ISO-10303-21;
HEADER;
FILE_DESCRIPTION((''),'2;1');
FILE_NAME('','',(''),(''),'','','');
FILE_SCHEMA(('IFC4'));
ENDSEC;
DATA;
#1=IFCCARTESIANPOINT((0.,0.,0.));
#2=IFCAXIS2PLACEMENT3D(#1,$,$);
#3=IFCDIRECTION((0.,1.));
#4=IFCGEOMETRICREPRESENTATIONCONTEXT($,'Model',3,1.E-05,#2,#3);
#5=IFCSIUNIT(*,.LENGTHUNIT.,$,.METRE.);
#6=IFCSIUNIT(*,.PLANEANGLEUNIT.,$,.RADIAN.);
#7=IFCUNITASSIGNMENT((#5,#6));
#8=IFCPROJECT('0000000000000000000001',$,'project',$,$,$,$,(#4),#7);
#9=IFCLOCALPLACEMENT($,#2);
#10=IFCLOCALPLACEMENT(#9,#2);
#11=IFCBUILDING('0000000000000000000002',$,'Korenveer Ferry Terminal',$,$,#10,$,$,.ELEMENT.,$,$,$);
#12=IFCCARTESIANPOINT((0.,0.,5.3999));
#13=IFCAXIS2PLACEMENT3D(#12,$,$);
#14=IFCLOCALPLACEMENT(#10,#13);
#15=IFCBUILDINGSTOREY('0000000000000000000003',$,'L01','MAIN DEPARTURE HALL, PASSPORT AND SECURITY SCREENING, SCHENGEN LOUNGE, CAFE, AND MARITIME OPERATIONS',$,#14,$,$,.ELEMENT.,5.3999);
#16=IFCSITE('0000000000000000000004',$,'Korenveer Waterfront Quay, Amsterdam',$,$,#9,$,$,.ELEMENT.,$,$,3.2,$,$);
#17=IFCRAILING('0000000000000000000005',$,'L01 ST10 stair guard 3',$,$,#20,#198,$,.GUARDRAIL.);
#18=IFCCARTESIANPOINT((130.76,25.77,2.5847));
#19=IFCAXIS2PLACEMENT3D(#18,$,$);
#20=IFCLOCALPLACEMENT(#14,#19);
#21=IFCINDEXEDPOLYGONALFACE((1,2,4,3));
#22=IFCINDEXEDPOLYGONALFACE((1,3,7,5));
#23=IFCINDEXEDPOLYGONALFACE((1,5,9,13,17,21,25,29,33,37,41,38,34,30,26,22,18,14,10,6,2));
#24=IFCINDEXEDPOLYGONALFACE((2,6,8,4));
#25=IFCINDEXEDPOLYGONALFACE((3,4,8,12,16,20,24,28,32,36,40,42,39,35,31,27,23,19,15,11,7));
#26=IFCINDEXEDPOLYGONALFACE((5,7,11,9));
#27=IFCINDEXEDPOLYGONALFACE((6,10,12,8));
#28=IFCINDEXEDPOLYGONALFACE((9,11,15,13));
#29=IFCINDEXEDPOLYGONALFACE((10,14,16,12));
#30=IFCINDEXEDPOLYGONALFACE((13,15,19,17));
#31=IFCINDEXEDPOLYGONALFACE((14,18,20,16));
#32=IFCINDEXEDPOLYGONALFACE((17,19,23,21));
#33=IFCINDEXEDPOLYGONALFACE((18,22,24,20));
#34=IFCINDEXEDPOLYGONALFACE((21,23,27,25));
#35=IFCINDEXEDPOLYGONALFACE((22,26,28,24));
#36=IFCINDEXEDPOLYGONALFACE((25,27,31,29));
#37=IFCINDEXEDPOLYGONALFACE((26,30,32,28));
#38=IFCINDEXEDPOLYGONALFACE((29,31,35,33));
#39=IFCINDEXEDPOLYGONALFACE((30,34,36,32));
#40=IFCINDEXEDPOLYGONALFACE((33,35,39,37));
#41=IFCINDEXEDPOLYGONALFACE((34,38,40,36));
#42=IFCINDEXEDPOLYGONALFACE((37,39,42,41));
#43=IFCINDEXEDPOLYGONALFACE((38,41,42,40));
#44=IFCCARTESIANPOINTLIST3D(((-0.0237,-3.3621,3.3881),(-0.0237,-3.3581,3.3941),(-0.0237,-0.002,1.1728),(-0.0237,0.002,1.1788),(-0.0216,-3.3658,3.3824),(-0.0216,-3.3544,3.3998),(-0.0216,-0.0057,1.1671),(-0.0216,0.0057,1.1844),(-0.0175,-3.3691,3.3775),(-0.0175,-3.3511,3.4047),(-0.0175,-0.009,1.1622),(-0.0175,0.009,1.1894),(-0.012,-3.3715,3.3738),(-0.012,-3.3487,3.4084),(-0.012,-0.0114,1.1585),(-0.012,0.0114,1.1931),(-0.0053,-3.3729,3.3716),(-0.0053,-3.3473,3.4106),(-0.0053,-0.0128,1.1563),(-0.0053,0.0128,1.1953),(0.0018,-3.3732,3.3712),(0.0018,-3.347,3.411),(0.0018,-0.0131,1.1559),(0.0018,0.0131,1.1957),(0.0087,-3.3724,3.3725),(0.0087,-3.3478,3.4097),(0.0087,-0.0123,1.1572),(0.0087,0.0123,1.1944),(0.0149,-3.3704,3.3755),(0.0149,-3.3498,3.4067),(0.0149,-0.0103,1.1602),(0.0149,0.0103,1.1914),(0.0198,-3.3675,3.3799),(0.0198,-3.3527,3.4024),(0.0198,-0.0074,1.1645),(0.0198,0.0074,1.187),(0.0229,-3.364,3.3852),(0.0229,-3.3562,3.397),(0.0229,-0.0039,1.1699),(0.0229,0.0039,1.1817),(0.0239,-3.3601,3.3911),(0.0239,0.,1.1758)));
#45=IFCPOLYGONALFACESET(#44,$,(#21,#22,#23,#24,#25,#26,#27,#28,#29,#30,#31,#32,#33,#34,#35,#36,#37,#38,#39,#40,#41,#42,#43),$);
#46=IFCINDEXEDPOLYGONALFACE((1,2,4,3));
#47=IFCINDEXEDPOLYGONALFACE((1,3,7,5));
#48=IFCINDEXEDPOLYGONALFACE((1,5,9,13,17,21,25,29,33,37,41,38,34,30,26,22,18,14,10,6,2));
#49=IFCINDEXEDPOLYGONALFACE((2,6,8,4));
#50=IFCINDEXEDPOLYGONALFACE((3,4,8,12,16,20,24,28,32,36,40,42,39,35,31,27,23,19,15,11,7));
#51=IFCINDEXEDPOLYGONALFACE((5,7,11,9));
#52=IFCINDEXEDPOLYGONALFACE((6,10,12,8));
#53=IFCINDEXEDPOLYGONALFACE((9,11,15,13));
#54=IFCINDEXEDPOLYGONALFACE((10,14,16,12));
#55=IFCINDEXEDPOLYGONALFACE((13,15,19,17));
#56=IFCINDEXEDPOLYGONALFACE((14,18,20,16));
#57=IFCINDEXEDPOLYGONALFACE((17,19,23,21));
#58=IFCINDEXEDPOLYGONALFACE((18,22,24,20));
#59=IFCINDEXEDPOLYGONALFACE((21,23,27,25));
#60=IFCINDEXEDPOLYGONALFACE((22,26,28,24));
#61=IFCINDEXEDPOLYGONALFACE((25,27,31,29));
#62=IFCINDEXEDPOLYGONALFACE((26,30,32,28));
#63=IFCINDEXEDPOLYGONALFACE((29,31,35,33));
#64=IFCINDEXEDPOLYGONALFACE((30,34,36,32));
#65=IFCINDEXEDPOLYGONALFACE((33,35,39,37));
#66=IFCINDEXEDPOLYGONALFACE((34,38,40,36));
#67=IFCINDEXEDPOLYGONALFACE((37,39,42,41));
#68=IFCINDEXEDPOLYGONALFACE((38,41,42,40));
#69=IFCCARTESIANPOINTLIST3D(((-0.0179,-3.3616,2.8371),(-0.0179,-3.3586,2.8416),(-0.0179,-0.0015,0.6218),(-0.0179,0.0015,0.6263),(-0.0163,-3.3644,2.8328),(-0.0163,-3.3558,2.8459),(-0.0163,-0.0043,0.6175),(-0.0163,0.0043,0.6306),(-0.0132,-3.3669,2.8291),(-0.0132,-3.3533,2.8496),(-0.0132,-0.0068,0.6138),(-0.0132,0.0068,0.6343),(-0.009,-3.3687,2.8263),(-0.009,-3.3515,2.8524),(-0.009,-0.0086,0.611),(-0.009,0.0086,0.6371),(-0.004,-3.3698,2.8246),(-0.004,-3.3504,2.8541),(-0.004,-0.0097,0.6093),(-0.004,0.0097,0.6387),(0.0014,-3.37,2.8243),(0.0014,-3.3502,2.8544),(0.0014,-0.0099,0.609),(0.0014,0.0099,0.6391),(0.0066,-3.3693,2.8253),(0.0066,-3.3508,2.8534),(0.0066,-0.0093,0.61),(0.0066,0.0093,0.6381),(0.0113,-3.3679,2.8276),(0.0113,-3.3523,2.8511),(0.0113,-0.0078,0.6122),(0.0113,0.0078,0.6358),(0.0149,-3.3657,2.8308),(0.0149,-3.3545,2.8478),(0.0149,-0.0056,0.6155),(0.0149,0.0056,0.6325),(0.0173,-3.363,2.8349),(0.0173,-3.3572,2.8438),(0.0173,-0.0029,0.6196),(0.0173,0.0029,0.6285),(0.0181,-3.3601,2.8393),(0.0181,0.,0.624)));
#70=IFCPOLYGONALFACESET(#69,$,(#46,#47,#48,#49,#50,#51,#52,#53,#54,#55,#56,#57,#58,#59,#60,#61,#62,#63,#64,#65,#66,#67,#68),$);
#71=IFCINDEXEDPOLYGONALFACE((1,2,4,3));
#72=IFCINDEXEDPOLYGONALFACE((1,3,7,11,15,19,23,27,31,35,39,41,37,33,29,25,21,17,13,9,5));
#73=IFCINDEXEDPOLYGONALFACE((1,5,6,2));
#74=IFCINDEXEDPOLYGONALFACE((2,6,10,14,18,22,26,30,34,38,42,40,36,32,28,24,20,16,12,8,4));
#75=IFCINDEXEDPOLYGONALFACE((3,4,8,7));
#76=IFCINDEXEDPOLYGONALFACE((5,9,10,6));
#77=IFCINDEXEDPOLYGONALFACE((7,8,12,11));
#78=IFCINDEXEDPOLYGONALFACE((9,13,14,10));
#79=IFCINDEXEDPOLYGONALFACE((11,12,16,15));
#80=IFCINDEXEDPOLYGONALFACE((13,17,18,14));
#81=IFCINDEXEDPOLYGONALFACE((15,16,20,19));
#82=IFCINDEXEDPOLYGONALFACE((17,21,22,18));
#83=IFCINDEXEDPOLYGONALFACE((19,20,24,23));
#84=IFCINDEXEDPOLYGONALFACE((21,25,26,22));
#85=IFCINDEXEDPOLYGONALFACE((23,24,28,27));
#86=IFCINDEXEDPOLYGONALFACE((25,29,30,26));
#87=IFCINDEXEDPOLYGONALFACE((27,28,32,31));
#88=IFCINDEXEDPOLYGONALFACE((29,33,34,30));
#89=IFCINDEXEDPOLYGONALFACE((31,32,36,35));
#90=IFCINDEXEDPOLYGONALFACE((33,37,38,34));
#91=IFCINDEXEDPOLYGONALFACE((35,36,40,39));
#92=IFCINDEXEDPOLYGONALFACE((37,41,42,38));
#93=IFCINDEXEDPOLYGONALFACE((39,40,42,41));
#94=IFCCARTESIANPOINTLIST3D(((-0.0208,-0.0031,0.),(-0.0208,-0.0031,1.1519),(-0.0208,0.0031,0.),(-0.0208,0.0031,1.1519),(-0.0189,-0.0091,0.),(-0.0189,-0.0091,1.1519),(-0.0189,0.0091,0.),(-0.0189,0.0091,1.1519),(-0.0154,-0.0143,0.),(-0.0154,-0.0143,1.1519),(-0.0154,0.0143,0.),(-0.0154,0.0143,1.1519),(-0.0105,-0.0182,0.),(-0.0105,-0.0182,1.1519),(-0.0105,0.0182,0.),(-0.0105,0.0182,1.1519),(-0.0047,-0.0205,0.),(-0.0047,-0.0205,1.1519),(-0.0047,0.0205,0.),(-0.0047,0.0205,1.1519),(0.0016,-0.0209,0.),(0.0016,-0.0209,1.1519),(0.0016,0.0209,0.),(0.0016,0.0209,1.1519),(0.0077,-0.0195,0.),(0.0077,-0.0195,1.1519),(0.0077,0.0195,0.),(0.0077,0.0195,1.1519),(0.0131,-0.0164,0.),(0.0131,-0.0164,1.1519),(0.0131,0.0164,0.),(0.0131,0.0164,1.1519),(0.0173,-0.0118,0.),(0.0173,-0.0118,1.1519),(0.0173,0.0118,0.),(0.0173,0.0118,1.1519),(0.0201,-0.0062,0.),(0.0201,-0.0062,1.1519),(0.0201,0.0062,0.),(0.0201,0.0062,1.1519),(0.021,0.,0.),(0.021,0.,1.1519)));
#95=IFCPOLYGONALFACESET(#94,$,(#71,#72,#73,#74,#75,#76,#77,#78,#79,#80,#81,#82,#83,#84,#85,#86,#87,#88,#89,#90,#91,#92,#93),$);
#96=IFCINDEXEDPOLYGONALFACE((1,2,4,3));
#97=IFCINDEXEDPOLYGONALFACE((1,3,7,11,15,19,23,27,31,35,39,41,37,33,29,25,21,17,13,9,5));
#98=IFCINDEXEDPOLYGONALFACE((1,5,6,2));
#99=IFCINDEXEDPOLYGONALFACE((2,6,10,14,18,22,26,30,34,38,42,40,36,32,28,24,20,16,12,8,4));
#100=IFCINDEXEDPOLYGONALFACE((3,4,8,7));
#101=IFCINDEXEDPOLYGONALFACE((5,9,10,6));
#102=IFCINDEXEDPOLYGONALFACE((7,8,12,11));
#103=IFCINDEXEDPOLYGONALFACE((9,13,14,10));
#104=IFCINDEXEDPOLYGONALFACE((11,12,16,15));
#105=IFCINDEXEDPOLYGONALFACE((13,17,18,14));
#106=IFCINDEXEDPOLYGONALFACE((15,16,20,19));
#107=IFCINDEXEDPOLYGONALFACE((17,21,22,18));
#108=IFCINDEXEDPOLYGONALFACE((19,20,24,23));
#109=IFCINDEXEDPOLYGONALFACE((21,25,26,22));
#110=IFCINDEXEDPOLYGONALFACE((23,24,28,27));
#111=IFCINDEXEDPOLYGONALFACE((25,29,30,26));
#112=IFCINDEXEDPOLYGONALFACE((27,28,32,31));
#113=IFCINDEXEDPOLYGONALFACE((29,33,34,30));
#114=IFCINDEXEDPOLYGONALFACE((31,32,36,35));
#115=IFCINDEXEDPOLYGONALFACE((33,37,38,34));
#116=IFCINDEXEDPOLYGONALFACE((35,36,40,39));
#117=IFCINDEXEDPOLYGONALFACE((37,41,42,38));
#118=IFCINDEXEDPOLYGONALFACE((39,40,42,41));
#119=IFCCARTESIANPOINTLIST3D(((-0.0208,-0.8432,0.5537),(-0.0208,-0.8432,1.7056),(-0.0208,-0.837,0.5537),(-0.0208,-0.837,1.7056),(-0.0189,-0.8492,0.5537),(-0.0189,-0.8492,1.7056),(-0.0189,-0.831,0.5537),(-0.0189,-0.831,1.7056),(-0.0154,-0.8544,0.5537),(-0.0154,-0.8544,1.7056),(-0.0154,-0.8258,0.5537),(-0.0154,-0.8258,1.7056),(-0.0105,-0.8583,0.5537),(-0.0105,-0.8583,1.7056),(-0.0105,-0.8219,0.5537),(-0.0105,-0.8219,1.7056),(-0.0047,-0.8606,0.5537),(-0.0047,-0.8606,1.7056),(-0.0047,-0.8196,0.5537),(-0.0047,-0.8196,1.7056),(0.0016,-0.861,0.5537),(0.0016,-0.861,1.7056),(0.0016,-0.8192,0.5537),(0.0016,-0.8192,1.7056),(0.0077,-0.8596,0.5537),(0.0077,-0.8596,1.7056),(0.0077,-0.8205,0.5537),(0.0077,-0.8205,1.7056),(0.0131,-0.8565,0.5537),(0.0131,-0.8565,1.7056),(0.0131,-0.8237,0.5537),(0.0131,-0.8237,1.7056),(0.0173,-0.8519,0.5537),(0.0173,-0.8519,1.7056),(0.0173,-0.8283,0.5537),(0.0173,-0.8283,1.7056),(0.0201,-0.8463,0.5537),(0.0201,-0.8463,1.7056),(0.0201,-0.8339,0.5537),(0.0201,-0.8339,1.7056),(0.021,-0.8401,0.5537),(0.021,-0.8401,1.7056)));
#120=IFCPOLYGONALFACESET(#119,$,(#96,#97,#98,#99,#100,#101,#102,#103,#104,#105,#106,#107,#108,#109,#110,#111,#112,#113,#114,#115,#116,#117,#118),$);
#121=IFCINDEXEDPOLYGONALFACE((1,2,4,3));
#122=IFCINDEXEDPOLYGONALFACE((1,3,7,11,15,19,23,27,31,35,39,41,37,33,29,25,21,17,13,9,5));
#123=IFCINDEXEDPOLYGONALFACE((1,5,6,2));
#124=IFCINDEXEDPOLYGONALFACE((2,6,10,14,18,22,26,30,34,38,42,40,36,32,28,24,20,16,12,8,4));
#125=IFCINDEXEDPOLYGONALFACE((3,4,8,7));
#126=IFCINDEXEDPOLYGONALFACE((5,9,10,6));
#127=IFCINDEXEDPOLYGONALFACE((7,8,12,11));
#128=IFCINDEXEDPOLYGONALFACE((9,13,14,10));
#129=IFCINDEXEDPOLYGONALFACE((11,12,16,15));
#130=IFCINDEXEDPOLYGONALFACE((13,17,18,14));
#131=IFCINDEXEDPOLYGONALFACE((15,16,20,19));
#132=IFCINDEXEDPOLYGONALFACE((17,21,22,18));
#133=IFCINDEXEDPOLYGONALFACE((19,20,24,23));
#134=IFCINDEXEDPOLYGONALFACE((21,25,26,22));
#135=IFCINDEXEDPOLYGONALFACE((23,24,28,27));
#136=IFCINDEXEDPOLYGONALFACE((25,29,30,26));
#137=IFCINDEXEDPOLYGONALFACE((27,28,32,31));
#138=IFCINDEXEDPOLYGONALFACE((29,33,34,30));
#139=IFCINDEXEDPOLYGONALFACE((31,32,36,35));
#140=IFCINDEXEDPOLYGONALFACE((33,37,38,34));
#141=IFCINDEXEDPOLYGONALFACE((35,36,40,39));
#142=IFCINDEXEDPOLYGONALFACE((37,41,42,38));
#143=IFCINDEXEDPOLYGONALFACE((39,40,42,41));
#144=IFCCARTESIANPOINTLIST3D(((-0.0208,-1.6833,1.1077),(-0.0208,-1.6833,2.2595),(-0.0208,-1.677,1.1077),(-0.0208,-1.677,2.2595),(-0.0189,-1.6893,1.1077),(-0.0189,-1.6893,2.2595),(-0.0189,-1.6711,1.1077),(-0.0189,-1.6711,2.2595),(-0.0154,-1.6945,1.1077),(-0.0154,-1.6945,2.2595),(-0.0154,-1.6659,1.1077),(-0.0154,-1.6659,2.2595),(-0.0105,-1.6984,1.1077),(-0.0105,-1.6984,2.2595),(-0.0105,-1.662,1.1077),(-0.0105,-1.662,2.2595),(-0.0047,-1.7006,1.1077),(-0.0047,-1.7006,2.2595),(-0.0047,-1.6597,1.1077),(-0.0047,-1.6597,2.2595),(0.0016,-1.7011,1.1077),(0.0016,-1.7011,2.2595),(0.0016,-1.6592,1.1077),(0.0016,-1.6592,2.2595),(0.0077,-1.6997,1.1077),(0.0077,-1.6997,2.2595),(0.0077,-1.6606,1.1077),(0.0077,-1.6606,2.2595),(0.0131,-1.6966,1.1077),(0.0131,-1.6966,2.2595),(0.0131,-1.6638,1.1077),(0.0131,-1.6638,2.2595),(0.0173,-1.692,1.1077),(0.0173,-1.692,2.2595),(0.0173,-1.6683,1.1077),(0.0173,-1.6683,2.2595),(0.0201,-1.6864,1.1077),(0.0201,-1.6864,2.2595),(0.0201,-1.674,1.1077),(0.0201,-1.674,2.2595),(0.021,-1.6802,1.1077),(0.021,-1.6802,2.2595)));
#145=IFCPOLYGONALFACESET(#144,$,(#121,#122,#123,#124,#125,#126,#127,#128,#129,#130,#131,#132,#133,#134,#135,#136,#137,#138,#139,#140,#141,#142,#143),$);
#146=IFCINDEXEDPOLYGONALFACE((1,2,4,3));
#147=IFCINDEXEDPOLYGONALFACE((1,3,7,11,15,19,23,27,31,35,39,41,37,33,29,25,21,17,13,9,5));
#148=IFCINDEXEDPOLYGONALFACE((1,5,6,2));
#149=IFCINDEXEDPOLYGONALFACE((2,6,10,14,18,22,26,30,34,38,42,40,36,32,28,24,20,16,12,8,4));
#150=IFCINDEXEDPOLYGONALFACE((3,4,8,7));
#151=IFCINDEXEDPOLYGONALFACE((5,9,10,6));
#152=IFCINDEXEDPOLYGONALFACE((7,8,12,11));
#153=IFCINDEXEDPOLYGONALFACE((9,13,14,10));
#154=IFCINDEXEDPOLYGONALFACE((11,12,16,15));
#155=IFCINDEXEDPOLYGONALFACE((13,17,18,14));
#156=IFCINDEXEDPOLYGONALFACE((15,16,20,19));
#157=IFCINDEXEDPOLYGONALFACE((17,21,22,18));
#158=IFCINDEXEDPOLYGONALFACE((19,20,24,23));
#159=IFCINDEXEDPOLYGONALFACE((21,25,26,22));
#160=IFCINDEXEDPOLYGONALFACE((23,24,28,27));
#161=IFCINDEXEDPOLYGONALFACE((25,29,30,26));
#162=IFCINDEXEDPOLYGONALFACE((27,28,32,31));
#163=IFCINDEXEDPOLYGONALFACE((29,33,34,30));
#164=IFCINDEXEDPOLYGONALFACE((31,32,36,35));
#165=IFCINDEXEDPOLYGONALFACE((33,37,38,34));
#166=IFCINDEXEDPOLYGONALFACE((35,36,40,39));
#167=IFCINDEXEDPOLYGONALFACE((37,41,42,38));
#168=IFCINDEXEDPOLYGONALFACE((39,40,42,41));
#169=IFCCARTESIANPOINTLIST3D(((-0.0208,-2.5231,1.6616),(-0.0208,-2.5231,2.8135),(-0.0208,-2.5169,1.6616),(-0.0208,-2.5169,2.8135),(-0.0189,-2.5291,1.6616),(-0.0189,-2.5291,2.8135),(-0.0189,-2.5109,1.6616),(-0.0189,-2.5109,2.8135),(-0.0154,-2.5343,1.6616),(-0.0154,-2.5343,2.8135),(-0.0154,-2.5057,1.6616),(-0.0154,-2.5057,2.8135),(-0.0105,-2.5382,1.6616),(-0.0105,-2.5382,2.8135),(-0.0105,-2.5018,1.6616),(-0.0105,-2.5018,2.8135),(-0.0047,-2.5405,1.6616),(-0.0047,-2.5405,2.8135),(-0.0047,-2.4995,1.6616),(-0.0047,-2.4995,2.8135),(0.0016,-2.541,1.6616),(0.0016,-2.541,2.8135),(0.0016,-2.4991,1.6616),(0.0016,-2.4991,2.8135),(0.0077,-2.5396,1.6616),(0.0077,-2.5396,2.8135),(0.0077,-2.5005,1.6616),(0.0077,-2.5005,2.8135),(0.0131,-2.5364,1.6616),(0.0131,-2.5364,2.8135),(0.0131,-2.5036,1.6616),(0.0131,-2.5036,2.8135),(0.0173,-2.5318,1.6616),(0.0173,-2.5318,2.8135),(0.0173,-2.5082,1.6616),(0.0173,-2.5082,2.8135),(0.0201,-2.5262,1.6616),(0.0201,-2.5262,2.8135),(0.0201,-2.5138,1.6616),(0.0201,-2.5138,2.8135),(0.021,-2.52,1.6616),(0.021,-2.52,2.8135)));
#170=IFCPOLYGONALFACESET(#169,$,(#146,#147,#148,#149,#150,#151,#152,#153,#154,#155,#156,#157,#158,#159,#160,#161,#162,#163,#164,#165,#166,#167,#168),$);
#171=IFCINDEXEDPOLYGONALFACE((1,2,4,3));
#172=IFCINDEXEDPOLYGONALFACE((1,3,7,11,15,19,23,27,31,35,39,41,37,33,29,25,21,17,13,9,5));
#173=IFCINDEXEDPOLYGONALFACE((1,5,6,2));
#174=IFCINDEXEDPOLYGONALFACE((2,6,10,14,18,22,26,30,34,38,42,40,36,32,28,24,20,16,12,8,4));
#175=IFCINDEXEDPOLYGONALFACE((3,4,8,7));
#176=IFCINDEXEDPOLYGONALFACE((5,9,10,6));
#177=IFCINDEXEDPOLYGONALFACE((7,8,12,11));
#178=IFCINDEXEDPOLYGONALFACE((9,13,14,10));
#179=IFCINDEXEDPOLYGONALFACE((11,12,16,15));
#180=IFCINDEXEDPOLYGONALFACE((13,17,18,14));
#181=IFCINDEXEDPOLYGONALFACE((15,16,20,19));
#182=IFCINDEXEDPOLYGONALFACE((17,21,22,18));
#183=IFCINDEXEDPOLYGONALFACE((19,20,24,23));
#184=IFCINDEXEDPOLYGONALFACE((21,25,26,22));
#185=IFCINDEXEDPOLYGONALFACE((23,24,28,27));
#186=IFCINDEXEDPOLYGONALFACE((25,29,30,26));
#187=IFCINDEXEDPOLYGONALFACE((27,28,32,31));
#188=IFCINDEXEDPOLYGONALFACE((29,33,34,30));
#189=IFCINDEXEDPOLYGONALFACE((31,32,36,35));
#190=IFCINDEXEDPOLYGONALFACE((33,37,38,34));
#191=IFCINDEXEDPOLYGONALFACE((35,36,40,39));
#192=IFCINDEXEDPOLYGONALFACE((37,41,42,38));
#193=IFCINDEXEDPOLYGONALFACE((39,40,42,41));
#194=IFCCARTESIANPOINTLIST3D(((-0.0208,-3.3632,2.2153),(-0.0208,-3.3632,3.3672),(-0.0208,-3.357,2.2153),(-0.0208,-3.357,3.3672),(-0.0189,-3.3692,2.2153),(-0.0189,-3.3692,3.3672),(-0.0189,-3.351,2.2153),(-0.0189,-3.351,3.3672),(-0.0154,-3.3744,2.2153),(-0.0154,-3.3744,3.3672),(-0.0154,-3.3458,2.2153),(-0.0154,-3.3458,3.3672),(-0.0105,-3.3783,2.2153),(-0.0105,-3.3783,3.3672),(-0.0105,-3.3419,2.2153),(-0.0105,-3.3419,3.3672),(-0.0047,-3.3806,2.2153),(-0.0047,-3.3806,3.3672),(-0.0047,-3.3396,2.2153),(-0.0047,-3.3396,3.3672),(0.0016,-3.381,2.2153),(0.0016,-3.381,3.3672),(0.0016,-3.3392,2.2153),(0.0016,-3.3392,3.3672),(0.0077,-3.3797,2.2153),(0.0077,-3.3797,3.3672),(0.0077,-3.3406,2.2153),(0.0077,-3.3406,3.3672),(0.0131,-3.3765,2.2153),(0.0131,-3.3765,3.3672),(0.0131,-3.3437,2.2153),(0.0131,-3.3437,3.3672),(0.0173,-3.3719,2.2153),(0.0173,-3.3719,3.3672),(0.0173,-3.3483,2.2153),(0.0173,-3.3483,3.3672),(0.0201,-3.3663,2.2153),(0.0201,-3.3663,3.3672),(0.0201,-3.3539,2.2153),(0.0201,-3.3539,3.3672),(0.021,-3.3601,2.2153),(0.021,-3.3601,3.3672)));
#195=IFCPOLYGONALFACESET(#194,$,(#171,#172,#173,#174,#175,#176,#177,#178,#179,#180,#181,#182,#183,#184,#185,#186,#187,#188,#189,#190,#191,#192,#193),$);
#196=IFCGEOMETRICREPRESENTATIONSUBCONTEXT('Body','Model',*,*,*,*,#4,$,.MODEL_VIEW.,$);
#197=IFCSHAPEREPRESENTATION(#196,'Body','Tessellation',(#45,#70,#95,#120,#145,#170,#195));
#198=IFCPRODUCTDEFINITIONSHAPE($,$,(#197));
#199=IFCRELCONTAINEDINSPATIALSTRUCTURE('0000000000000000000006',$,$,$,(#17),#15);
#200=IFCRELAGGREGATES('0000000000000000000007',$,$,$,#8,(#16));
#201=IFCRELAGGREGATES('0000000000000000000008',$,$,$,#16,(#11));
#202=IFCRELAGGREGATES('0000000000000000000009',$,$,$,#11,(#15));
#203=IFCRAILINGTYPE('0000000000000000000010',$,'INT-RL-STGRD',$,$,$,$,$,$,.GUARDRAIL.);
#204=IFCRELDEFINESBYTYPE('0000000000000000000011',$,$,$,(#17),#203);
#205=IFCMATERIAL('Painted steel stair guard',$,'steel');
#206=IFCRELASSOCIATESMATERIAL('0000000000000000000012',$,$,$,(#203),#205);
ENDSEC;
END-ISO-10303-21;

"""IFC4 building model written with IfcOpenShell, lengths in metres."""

from ifc_helpers import new_model, si_unit, direction, frame, origin, origin_2d, place, context, subcontext, project, spatial, circle, extrude, material, type_object, element, save


model = new_model("IFC4")

# Units and contexts
model_context = context("Model", 3, precision=1e-05, world=origin(), true_north=direction((0.0, 1.0)))
body_context = subcontext(model_context, "Body", "Model", "MODEL_VIEW")
ifc_project = project(units=[si_unit("LENGTHUNIT", "METRE"), si_unit("PLANEANGLEUNIT", "RADIAN")], contexts=[model_context])

# Site, building, storey
site_placement = place(None, origin())
site = spatial("IfcSite", under=ifc_project, at=site_placement, Name="Korenveer Waterfront Quay, Amsterdam", CompositionType="ELEMENT", RefElevation=3.2)
building_placement = place(site_placement, origin())
building = spatial("IfcBuilding", under=site, at=building_placement, Name="Korenveer Ferry Terminal", CompositionType="ELEMENT")
storey_placement = place(building_placement, frame((0.0, 0.0, 5.3999)))
storey = spatial("IfcBuildingStorey", under=building, at=storey_placement, Name="L01", Description="MAIN DEPARTURE HALL, PASSPORT AND SECURITY SCREENING, SCHENGEN LOUNGE, CAFE, AND MARITIME OPERATIONS", CompositionType="ELEMENT", Elevation=5.3999)

# Railing
ifc_material_1 = material(Name="Painted steel stair guard", Category="steel")
railing_type_1 = type_object("IfcRailingType", Name="INT-RL-STGRD", PredefinedType="GUARDRAIL", material=ifc_material_1)
railing_1_placement = place(storey_placement, frame((130.76, 25.77, 2.5847)))
element("IfcRailing", 1, at=railing_1_placement, inside=storey, type_object=railing_type_1, Name="L01 ST10 stair guard 3", PredefinedType="GUARDRAIL", context=body_context, shape_type="SweptSolid", body=[
    extrude(circle(Radius=0.0239, at=origin_2d()), frame((0.0, 0.0, 1.1758), z_axis=(0.0, -0.834876, 0.550437), x_axis=(1.0, 0.0, 0.0)), (0.0, 0.0, 1.0), 4.0247),
    extrude(circle(Radius=0.0181, at=origin_2d()), frame((0.0, 0.0, 0.624), z_axis=(0.0, -0.834876, 0.550437), x_axis=(1.0, 0.0, 0.0)), (0.0, 0.0, 1.0), 4.0247),
    extrude(circle(Radius=0.021, at=origin_2d()), origin(), (0.0, 0.0, 1.0), 1.1519),
    extrude(circle(Radius=0.021, at=origin_2d()), frame((0.0, -0.8401, 0.5537)), (0.0, 0.0, 1.0), 1.1519),
    extrude(circle(Radius=0.021, at=origin_2d()), frame((0.0, -1.6802, 1.1077)), (0.0, 0.0, 1.0), 1.1519),
    extrude(circle(Radius=0.021, at=origin_2d()), frame((0.0, -2.52, 1.6616)), (0.0, 0.0, 1.0), 1.1519),
    extrude(circle(Radius=0.021, at=origin_2d()), frame((0.0, -3.3601, 2.2153)), (0.0, 0.0, 1.0), 1.1519),
])

save(model, "model.ifc")
